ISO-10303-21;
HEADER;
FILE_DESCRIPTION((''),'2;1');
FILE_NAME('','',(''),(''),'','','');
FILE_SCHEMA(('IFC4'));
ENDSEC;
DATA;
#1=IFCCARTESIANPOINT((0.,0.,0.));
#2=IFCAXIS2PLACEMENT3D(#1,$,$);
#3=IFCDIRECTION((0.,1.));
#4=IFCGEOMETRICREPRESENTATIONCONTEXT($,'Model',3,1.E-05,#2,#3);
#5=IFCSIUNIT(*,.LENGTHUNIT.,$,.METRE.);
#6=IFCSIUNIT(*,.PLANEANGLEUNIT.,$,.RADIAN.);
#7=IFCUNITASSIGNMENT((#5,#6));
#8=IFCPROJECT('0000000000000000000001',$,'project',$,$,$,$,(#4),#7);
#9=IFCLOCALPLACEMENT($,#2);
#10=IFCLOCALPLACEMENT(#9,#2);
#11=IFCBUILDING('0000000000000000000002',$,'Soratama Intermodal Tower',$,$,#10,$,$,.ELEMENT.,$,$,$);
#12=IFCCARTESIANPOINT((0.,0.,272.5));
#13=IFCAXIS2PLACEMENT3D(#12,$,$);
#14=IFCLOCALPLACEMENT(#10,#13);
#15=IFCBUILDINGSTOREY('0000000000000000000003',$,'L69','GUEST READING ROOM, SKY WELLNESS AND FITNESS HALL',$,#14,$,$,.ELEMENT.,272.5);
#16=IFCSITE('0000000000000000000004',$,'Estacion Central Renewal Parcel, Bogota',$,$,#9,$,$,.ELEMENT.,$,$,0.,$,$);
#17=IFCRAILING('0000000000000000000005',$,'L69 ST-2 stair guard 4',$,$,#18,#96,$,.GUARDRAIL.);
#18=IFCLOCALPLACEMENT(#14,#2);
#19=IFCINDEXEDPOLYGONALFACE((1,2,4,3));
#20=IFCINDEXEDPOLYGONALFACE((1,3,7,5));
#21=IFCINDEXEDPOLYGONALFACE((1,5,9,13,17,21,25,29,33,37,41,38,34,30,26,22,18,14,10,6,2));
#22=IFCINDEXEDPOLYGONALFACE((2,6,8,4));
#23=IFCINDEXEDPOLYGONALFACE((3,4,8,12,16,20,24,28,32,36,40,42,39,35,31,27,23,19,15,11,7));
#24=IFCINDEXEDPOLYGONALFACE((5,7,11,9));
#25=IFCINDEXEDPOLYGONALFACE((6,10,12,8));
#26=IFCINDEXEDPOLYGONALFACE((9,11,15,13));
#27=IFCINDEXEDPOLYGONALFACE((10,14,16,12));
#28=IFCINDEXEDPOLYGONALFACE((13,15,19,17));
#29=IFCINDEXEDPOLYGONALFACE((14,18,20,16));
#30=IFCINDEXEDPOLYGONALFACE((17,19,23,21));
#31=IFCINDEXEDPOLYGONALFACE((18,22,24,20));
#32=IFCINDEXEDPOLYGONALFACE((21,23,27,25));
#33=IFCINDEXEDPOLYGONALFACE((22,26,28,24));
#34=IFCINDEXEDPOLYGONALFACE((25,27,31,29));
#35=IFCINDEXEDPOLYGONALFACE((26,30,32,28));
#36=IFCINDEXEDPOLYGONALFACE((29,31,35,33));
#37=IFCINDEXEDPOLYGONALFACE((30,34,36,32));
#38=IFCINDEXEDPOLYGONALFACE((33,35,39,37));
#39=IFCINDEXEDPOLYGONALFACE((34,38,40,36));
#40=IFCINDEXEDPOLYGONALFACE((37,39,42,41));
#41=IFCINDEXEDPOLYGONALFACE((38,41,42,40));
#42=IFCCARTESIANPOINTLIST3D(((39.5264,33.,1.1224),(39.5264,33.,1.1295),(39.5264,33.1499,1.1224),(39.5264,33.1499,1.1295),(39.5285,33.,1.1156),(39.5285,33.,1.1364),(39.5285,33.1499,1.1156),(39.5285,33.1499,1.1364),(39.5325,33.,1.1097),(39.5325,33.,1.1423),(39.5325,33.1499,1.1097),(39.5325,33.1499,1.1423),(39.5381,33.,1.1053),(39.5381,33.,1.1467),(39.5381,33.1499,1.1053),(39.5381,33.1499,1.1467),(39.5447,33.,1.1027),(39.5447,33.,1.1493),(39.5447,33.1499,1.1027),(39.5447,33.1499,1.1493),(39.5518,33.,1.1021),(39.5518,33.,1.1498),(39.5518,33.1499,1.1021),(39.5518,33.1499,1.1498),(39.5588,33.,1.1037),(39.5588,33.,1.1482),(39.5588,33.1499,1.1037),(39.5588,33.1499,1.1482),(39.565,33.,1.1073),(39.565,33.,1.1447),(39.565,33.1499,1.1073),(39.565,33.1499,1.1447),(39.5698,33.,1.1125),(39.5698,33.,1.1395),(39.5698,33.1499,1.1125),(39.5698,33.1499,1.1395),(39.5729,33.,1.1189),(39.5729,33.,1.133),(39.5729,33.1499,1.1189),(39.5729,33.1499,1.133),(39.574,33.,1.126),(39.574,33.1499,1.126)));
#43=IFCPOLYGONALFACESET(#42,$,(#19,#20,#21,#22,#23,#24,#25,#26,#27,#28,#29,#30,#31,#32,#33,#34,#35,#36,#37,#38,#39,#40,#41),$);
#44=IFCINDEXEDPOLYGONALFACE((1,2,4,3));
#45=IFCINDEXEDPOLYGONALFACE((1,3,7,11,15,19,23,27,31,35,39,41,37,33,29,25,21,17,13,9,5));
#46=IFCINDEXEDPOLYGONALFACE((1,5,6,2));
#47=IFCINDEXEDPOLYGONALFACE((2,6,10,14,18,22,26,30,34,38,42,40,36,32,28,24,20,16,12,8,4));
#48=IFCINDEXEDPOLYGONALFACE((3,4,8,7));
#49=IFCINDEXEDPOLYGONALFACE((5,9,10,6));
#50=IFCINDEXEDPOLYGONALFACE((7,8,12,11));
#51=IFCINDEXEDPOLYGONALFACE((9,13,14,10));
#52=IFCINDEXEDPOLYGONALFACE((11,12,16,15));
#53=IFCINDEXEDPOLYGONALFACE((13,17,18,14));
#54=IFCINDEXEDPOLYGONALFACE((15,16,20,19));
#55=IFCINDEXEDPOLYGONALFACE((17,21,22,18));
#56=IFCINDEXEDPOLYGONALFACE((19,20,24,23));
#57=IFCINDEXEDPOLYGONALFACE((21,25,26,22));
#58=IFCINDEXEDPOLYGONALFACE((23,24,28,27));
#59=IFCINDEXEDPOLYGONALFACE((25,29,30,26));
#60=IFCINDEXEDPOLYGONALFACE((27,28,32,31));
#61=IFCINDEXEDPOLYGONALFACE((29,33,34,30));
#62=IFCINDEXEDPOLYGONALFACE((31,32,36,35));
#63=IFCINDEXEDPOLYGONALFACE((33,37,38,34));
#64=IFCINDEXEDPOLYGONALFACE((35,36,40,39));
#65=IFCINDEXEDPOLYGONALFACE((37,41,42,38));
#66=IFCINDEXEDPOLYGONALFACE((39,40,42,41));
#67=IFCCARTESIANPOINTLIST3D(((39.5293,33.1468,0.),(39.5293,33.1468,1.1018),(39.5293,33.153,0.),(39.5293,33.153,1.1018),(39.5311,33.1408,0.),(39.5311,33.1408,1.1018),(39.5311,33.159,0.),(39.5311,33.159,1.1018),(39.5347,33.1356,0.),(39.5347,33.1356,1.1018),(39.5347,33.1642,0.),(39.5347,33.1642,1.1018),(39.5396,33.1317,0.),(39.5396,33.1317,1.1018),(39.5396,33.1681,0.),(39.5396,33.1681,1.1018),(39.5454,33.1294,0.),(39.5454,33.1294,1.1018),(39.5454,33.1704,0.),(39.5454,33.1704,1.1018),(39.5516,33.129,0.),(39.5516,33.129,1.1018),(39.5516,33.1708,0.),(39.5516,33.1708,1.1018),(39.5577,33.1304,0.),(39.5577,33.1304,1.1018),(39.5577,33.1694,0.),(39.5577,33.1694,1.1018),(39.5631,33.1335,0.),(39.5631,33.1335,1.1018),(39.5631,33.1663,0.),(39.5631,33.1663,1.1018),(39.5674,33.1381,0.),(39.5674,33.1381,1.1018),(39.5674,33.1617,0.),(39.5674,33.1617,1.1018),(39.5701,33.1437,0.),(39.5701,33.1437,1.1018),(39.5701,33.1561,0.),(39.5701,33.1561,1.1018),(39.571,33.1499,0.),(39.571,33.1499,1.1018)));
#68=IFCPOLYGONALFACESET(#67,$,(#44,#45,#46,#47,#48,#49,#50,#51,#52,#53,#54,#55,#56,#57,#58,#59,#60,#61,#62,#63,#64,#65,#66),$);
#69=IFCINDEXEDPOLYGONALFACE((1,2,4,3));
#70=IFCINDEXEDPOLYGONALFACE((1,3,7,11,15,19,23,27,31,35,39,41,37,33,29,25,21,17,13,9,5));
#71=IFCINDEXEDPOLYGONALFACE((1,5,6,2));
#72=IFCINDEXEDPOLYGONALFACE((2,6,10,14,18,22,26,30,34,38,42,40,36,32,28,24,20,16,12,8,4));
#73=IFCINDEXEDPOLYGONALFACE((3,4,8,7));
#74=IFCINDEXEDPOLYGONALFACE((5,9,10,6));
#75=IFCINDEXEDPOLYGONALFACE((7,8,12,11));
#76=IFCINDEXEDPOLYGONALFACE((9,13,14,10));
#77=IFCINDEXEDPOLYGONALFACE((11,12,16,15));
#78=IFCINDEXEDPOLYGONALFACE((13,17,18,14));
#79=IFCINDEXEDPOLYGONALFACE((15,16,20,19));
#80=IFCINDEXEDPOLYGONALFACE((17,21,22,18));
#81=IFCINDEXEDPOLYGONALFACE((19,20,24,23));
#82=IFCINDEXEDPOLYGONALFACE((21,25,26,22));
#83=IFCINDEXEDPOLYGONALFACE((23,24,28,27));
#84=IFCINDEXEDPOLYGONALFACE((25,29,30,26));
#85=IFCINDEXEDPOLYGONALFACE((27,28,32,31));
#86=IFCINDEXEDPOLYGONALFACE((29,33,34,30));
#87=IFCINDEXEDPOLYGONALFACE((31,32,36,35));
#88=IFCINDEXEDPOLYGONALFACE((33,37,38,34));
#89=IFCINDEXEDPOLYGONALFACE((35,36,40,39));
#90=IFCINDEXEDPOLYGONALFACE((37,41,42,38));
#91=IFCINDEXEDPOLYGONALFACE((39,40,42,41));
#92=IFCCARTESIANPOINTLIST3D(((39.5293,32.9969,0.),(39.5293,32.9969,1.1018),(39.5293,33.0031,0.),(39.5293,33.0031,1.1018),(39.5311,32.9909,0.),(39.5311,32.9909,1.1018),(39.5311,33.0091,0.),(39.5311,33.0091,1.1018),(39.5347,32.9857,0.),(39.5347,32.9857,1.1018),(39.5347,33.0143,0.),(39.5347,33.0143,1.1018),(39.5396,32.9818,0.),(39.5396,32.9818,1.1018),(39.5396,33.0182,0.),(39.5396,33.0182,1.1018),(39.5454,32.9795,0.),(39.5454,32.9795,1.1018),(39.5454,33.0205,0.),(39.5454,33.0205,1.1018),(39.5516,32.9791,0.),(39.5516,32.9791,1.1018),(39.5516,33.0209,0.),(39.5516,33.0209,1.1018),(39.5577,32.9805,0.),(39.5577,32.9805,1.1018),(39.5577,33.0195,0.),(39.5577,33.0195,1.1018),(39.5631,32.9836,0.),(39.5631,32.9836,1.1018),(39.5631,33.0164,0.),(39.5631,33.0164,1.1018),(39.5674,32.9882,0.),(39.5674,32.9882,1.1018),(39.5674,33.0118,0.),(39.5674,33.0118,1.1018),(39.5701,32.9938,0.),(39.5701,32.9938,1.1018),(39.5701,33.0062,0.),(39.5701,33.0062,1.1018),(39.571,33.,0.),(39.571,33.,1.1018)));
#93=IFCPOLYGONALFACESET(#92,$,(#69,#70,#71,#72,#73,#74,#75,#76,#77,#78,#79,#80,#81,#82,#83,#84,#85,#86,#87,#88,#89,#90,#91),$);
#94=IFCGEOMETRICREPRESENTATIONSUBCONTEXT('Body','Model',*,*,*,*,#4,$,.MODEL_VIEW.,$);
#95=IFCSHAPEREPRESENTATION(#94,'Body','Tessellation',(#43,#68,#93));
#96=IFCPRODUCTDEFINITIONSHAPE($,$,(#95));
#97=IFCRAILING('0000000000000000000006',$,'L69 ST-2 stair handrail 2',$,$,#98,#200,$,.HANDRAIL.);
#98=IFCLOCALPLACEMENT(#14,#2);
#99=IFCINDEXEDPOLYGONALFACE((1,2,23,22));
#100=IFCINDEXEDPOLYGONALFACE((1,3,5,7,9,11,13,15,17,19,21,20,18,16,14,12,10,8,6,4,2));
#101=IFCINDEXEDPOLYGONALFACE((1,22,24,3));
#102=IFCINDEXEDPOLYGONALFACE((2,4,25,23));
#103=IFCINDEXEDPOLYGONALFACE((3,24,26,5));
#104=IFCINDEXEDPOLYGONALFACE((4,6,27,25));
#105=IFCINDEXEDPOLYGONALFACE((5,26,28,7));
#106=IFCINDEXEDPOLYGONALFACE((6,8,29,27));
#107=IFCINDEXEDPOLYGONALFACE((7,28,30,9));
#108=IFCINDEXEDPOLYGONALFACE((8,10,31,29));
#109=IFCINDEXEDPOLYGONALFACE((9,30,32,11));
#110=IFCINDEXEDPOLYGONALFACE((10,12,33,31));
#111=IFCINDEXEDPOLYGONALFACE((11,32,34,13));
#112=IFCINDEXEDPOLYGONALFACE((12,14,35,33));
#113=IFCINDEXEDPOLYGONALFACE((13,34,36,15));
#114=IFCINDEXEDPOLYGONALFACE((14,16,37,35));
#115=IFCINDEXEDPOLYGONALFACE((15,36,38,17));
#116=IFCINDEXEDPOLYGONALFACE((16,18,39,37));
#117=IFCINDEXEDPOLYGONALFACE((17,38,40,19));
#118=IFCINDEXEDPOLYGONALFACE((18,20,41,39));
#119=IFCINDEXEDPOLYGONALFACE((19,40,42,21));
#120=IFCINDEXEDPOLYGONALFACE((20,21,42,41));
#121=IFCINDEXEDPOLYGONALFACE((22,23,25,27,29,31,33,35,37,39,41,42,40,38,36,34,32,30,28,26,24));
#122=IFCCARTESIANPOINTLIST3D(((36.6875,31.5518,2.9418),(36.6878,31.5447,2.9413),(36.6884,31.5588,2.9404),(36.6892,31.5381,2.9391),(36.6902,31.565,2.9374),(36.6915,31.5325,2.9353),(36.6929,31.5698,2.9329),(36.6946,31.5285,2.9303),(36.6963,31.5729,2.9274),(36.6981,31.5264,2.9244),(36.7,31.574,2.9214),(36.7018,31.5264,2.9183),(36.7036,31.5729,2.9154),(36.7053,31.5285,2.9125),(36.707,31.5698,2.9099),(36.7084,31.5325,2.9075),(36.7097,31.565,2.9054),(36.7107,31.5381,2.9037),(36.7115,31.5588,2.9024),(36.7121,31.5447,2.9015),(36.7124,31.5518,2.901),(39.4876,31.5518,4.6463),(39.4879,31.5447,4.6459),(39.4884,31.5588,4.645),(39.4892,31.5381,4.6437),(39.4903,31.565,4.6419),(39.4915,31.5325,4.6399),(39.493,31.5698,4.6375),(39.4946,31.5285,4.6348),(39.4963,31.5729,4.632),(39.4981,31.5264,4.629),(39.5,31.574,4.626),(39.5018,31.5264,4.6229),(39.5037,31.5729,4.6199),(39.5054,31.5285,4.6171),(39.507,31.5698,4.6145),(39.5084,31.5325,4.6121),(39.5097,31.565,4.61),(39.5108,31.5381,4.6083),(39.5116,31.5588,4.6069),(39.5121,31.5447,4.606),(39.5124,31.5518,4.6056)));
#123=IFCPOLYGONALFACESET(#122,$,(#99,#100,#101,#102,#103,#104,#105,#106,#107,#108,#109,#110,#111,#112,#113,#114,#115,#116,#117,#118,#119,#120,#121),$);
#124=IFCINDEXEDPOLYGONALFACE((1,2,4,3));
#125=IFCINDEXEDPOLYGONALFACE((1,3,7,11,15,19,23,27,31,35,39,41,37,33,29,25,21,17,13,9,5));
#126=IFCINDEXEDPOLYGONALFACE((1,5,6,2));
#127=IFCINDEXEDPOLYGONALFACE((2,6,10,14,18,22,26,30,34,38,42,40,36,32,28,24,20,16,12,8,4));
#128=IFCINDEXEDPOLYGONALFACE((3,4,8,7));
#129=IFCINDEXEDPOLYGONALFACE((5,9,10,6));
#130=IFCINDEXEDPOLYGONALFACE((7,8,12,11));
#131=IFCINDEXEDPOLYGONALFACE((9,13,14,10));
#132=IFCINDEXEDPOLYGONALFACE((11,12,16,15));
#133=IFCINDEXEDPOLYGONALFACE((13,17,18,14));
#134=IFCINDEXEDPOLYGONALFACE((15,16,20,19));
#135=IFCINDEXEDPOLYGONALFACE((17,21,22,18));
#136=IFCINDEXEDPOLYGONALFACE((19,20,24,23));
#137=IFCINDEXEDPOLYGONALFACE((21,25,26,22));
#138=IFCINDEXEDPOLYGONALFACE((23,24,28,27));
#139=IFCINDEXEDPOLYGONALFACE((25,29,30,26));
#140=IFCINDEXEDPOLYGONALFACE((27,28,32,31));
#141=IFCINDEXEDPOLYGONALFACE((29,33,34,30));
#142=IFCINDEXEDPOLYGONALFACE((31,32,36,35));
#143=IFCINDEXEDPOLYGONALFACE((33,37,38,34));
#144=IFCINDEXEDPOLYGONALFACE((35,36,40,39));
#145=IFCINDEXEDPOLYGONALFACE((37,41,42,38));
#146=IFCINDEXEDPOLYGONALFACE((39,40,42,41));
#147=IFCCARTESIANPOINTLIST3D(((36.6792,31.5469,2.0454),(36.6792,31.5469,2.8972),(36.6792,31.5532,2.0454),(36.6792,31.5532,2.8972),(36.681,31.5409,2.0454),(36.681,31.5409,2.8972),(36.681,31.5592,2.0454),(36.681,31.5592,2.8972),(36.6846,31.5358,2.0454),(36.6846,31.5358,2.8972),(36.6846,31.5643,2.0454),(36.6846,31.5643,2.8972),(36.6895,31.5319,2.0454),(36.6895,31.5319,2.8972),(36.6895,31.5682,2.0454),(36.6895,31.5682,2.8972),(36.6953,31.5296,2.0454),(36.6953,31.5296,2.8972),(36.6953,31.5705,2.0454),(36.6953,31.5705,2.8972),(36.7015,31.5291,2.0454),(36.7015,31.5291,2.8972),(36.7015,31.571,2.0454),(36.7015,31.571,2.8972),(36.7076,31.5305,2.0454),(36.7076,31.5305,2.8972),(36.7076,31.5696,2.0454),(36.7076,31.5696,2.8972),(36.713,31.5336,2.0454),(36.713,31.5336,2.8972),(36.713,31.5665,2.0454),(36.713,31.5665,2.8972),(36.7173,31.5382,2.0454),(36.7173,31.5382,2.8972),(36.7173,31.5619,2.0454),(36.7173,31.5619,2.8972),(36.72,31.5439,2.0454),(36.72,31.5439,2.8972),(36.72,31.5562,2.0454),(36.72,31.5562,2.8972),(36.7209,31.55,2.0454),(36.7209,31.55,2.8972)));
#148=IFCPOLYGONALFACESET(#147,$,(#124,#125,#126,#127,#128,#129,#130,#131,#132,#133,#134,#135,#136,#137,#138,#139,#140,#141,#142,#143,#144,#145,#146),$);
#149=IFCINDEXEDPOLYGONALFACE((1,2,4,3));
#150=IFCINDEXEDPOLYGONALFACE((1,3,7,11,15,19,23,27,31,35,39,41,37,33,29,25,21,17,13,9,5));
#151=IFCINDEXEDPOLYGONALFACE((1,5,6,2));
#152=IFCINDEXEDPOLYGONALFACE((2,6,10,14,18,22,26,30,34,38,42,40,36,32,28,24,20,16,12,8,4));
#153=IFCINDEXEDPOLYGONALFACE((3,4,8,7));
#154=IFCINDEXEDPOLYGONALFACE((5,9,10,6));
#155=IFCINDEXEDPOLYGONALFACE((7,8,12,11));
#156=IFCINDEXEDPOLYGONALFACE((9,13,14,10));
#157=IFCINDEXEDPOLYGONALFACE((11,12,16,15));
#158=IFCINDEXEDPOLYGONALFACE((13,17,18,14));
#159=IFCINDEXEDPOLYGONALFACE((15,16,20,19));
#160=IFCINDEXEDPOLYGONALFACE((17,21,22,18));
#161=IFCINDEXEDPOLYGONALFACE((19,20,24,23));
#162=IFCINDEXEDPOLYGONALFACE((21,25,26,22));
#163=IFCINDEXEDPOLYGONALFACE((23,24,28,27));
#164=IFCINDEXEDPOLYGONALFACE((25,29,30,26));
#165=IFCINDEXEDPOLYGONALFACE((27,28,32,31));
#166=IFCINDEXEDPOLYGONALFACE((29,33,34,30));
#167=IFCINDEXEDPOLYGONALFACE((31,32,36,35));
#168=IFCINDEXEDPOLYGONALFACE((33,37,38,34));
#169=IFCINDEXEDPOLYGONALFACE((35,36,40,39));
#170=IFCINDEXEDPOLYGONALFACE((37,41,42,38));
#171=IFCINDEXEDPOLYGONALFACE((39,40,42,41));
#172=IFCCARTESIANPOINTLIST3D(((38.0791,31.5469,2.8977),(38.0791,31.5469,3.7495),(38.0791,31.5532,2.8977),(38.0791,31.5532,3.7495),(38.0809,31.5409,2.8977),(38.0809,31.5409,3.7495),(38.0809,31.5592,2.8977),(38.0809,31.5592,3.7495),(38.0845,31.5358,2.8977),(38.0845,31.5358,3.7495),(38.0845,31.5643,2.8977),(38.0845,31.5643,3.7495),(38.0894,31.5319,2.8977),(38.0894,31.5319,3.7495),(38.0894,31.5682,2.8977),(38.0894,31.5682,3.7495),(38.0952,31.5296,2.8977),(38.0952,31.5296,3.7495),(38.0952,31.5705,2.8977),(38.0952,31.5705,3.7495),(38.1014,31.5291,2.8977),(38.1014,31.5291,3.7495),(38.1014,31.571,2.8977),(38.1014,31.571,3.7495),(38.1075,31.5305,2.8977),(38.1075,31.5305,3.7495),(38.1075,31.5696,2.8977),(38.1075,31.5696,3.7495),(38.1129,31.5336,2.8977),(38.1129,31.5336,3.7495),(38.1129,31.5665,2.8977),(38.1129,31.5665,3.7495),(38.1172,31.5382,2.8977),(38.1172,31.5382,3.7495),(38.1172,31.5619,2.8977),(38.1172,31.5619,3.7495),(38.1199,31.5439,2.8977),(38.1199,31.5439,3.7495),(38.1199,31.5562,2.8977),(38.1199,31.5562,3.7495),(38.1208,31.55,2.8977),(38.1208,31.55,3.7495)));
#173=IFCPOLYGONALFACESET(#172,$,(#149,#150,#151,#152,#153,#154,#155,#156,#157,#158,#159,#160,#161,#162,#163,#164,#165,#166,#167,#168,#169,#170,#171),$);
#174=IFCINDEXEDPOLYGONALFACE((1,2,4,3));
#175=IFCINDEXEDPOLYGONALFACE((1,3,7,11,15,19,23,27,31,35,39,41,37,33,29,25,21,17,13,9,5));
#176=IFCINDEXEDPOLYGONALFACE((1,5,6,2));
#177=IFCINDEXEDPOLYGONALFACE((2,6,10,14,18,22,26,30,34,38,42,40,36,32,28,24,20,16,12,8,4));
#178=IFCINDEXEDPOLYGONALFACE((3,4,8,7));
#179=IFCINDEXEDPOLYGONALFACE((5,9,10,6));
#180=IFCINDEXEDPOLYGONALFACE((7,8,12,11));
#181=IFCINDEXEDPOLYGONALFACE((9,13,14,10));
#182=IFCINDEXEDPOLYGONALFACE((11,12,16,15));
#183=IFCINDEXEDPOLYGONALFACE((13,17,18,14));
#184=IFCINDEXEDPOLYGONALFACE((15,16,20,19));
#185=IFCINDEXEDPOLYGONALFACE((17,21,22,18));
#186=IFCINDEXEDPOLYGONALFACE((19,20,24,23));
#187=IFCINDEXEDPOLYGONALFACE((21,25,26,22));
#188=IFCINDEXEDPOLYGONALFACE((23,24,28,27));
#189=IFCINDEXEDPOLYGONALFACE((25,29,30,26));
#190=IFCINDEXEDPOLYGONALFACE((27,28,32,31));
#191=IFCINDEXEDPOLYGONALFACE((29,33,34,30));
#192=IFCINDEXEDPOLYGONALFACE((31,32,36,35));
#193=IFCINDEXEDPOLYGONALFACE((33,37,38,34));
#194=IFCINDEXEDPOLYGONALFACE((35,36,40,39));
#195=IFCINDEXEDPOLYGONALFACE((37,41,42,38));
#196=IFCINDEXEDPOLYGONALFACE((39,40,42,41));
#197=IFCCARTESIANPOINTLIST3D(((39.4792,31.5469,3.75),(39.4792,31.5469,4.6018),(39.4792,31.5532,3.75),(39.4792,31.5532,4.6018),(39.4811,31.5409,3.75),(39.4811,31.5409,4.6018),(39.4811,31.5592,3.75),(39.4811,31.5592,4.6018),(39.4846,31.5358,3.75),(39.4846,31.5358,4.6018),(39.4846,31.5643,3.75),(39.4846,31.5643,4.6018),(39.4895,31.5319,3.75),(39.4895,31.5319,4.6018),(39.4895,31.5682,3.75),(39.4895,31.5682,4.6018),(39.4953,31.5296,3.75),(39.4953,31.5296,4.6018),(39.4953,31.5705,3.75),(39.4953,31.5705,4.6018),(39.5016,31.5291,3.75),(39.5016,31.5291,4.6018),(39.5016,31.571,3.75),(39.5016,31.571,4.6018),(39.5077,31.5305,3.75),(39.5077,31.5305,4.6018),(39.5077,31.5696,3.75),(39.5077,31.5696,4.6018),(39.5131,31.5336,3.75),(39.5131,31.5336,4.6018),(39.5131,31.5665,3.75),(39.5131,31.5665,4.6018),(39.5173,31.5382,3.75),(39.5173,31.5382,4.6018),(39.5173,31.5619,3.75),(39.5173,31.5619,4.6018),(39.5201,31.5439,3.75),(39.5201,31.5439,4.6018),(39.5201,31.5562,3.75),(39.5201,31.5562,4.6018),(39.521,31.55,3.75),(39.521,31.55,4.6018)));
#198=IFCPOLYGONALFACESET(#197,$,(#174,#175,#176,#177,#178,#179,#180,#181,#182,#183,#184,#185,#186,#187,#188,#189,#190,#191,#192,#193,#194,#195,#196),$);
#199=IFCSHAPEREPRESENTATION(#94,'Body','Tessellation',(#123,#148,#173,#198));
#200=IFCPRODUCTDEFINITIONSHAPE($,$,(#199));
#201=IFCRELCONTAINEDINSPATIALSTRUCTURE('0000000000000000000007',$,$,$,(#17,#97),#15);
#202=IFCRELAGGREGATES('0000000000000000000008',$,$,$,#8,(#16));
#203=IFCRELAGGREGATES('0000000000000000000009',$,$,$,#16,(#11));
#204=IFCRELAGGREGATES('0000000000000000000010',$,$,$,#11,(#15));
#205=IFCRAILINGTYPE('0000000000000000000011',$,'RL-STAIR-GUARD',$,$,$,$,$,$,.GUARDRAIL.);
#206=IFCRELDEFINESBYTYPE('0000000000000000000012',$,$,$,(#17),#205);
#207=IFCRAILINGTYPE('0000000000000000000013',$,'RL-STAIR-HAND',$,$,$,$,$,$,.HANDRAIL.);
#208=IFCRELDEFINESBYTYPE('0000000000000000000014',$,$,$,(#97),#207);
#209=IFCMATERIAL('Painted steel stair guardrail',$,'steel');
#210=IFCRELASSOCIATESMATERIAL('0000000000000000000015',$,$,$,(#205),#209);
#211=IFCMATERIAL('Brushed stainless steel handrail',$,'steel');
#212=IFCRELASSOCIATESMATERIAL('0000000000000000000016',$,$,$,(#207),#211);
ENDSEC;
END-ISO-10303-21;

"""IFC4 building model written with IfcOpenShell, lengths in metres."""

from ifc_helpers import new_model, si_unit, direction, frame, origin, origin_2d, place, context, subcontext, project, spatial, circle, extrude, material, type_object, element, save


model = new_model("IFC4")

# Units and contexts
model_context = context("Model", 3, precision=1e-05, world=origin(), true_north=direction((0.0, 1.0)))
body_context = subcontext(model_context, "Body", "Model", "MODEL_VIEW")
ifc_project = project(units=[si_unit("LENGTHUNIT", "METRE"), si_unit("PLANEANGLEUNIT", "RADIAN")], contexts=[model_context])

# Site, building, storey
site_placement = place(None, origin())
site = spatial("IfcSite", under=ifc_project, at=site_placement, Name="Estacion Central Renewal Parcel, Bogota", CompositionType="ELEMENT", RefElevation=0.0)
building_placement = place(site_placement, origin())
building = spatial("IfcBuilding", under=site, at=building_placement, Name="Soratama Intermodal Tower", CompositionType="ELEMENT")
storey_placement = place(building_placement, frame((0.0, 0.0, 272.5)))
storey = spatial("IfcBuildingStorey", under=building, at=storey_placement, Name="L69", Description="GUEST READING ROOM, SKY WELLNESS AND FITNESS HALL", CompositionType="ELEMENT", Elevation=272.5)

# Railings
ifc_material_1 = material(Name="Painted steel stair guardrail", Category="steel")
railing_type_1 = type_object("IfcRailingType", Name="RL-STAIR-GUARD", PredefinedType="GUARDRAIL", material=ifc_material_1)
railing_1_placement = place(storey_placement, frame((39.55, 33.1499, 0.0)))
element("IfcRailing", 1, at=railing_1_placement, inside=storey, type_object=railing_type_1, Name="L69 ST-2 stair guard 4", PredefinedType="GUARDRAIL", context=body_context, shape_type="SweptSolid", body=[
    extrude(circle(Radius=0.0239, at=origin_2d()), frame((0.0, 0.0, 1.126), z_axis=(0.0, -1.0, 0.0), x_axis=(1.0, 0.0, 0.0)), (0.0, 0.0, 1.0), 0.1499),
    extrude(circle(Radius=0.021, at=origin_2d()), origin(), (0.0, 0.0, 1.0), 1.1018),
    extrude(circle(Radius=0.021, at=origin_2d()), frame((0.0, -0.1499, 0.0)), (0.0, 0.0, 1.0), 1.1018),
])
ifc_material_2 = material(Name="Brushed stainless steel handrail", Category="steel")
railing_type_2 = type_object("IfcRailingType", Name="RL-STAIR-HAND", PredefinedType="HANDRAIL", material=ifc_material_2)
railing_2_placement = place(storey_placement, frame((36.7, 31.55, 2.0454)))
element("IfcRailing", 2, at=railing_2_placement, inside=storey, type_object=railing_type_2, Name="L69 ST-2 stair handrail 2", PredefinedType="HANDRAIL", context=body_context, shape_type="SweptSolid", body=[
    extrude(circle(Radius=0.0239, at=origin_2d()), frame((0.0, 0.0, 0.876), z_axis=(0.85417, 0.0, 0.519994), x_axis=(0.0, 1.0, 0.0)), (0.0, 0.0, 1.0), 3.2781),
    extrude(circle(Radius=0.021, at=origin_2d()), origin(), (0.0, 0.0, 1.0), 0.8518),
    extrude(circle(Radius=0.021, at=origin_2d()), frame((1.3999, 0.0, 0.8523)), (0.0, 0.0, 1.0), 0.8518),
    extrude(circle(Radius=0.021, at=origin_2d()), frame((2.8, 0.0, 1.7046)), (0.0, 0.0, 1.0), 0.8518),
])

save(model, "model.ifc")
